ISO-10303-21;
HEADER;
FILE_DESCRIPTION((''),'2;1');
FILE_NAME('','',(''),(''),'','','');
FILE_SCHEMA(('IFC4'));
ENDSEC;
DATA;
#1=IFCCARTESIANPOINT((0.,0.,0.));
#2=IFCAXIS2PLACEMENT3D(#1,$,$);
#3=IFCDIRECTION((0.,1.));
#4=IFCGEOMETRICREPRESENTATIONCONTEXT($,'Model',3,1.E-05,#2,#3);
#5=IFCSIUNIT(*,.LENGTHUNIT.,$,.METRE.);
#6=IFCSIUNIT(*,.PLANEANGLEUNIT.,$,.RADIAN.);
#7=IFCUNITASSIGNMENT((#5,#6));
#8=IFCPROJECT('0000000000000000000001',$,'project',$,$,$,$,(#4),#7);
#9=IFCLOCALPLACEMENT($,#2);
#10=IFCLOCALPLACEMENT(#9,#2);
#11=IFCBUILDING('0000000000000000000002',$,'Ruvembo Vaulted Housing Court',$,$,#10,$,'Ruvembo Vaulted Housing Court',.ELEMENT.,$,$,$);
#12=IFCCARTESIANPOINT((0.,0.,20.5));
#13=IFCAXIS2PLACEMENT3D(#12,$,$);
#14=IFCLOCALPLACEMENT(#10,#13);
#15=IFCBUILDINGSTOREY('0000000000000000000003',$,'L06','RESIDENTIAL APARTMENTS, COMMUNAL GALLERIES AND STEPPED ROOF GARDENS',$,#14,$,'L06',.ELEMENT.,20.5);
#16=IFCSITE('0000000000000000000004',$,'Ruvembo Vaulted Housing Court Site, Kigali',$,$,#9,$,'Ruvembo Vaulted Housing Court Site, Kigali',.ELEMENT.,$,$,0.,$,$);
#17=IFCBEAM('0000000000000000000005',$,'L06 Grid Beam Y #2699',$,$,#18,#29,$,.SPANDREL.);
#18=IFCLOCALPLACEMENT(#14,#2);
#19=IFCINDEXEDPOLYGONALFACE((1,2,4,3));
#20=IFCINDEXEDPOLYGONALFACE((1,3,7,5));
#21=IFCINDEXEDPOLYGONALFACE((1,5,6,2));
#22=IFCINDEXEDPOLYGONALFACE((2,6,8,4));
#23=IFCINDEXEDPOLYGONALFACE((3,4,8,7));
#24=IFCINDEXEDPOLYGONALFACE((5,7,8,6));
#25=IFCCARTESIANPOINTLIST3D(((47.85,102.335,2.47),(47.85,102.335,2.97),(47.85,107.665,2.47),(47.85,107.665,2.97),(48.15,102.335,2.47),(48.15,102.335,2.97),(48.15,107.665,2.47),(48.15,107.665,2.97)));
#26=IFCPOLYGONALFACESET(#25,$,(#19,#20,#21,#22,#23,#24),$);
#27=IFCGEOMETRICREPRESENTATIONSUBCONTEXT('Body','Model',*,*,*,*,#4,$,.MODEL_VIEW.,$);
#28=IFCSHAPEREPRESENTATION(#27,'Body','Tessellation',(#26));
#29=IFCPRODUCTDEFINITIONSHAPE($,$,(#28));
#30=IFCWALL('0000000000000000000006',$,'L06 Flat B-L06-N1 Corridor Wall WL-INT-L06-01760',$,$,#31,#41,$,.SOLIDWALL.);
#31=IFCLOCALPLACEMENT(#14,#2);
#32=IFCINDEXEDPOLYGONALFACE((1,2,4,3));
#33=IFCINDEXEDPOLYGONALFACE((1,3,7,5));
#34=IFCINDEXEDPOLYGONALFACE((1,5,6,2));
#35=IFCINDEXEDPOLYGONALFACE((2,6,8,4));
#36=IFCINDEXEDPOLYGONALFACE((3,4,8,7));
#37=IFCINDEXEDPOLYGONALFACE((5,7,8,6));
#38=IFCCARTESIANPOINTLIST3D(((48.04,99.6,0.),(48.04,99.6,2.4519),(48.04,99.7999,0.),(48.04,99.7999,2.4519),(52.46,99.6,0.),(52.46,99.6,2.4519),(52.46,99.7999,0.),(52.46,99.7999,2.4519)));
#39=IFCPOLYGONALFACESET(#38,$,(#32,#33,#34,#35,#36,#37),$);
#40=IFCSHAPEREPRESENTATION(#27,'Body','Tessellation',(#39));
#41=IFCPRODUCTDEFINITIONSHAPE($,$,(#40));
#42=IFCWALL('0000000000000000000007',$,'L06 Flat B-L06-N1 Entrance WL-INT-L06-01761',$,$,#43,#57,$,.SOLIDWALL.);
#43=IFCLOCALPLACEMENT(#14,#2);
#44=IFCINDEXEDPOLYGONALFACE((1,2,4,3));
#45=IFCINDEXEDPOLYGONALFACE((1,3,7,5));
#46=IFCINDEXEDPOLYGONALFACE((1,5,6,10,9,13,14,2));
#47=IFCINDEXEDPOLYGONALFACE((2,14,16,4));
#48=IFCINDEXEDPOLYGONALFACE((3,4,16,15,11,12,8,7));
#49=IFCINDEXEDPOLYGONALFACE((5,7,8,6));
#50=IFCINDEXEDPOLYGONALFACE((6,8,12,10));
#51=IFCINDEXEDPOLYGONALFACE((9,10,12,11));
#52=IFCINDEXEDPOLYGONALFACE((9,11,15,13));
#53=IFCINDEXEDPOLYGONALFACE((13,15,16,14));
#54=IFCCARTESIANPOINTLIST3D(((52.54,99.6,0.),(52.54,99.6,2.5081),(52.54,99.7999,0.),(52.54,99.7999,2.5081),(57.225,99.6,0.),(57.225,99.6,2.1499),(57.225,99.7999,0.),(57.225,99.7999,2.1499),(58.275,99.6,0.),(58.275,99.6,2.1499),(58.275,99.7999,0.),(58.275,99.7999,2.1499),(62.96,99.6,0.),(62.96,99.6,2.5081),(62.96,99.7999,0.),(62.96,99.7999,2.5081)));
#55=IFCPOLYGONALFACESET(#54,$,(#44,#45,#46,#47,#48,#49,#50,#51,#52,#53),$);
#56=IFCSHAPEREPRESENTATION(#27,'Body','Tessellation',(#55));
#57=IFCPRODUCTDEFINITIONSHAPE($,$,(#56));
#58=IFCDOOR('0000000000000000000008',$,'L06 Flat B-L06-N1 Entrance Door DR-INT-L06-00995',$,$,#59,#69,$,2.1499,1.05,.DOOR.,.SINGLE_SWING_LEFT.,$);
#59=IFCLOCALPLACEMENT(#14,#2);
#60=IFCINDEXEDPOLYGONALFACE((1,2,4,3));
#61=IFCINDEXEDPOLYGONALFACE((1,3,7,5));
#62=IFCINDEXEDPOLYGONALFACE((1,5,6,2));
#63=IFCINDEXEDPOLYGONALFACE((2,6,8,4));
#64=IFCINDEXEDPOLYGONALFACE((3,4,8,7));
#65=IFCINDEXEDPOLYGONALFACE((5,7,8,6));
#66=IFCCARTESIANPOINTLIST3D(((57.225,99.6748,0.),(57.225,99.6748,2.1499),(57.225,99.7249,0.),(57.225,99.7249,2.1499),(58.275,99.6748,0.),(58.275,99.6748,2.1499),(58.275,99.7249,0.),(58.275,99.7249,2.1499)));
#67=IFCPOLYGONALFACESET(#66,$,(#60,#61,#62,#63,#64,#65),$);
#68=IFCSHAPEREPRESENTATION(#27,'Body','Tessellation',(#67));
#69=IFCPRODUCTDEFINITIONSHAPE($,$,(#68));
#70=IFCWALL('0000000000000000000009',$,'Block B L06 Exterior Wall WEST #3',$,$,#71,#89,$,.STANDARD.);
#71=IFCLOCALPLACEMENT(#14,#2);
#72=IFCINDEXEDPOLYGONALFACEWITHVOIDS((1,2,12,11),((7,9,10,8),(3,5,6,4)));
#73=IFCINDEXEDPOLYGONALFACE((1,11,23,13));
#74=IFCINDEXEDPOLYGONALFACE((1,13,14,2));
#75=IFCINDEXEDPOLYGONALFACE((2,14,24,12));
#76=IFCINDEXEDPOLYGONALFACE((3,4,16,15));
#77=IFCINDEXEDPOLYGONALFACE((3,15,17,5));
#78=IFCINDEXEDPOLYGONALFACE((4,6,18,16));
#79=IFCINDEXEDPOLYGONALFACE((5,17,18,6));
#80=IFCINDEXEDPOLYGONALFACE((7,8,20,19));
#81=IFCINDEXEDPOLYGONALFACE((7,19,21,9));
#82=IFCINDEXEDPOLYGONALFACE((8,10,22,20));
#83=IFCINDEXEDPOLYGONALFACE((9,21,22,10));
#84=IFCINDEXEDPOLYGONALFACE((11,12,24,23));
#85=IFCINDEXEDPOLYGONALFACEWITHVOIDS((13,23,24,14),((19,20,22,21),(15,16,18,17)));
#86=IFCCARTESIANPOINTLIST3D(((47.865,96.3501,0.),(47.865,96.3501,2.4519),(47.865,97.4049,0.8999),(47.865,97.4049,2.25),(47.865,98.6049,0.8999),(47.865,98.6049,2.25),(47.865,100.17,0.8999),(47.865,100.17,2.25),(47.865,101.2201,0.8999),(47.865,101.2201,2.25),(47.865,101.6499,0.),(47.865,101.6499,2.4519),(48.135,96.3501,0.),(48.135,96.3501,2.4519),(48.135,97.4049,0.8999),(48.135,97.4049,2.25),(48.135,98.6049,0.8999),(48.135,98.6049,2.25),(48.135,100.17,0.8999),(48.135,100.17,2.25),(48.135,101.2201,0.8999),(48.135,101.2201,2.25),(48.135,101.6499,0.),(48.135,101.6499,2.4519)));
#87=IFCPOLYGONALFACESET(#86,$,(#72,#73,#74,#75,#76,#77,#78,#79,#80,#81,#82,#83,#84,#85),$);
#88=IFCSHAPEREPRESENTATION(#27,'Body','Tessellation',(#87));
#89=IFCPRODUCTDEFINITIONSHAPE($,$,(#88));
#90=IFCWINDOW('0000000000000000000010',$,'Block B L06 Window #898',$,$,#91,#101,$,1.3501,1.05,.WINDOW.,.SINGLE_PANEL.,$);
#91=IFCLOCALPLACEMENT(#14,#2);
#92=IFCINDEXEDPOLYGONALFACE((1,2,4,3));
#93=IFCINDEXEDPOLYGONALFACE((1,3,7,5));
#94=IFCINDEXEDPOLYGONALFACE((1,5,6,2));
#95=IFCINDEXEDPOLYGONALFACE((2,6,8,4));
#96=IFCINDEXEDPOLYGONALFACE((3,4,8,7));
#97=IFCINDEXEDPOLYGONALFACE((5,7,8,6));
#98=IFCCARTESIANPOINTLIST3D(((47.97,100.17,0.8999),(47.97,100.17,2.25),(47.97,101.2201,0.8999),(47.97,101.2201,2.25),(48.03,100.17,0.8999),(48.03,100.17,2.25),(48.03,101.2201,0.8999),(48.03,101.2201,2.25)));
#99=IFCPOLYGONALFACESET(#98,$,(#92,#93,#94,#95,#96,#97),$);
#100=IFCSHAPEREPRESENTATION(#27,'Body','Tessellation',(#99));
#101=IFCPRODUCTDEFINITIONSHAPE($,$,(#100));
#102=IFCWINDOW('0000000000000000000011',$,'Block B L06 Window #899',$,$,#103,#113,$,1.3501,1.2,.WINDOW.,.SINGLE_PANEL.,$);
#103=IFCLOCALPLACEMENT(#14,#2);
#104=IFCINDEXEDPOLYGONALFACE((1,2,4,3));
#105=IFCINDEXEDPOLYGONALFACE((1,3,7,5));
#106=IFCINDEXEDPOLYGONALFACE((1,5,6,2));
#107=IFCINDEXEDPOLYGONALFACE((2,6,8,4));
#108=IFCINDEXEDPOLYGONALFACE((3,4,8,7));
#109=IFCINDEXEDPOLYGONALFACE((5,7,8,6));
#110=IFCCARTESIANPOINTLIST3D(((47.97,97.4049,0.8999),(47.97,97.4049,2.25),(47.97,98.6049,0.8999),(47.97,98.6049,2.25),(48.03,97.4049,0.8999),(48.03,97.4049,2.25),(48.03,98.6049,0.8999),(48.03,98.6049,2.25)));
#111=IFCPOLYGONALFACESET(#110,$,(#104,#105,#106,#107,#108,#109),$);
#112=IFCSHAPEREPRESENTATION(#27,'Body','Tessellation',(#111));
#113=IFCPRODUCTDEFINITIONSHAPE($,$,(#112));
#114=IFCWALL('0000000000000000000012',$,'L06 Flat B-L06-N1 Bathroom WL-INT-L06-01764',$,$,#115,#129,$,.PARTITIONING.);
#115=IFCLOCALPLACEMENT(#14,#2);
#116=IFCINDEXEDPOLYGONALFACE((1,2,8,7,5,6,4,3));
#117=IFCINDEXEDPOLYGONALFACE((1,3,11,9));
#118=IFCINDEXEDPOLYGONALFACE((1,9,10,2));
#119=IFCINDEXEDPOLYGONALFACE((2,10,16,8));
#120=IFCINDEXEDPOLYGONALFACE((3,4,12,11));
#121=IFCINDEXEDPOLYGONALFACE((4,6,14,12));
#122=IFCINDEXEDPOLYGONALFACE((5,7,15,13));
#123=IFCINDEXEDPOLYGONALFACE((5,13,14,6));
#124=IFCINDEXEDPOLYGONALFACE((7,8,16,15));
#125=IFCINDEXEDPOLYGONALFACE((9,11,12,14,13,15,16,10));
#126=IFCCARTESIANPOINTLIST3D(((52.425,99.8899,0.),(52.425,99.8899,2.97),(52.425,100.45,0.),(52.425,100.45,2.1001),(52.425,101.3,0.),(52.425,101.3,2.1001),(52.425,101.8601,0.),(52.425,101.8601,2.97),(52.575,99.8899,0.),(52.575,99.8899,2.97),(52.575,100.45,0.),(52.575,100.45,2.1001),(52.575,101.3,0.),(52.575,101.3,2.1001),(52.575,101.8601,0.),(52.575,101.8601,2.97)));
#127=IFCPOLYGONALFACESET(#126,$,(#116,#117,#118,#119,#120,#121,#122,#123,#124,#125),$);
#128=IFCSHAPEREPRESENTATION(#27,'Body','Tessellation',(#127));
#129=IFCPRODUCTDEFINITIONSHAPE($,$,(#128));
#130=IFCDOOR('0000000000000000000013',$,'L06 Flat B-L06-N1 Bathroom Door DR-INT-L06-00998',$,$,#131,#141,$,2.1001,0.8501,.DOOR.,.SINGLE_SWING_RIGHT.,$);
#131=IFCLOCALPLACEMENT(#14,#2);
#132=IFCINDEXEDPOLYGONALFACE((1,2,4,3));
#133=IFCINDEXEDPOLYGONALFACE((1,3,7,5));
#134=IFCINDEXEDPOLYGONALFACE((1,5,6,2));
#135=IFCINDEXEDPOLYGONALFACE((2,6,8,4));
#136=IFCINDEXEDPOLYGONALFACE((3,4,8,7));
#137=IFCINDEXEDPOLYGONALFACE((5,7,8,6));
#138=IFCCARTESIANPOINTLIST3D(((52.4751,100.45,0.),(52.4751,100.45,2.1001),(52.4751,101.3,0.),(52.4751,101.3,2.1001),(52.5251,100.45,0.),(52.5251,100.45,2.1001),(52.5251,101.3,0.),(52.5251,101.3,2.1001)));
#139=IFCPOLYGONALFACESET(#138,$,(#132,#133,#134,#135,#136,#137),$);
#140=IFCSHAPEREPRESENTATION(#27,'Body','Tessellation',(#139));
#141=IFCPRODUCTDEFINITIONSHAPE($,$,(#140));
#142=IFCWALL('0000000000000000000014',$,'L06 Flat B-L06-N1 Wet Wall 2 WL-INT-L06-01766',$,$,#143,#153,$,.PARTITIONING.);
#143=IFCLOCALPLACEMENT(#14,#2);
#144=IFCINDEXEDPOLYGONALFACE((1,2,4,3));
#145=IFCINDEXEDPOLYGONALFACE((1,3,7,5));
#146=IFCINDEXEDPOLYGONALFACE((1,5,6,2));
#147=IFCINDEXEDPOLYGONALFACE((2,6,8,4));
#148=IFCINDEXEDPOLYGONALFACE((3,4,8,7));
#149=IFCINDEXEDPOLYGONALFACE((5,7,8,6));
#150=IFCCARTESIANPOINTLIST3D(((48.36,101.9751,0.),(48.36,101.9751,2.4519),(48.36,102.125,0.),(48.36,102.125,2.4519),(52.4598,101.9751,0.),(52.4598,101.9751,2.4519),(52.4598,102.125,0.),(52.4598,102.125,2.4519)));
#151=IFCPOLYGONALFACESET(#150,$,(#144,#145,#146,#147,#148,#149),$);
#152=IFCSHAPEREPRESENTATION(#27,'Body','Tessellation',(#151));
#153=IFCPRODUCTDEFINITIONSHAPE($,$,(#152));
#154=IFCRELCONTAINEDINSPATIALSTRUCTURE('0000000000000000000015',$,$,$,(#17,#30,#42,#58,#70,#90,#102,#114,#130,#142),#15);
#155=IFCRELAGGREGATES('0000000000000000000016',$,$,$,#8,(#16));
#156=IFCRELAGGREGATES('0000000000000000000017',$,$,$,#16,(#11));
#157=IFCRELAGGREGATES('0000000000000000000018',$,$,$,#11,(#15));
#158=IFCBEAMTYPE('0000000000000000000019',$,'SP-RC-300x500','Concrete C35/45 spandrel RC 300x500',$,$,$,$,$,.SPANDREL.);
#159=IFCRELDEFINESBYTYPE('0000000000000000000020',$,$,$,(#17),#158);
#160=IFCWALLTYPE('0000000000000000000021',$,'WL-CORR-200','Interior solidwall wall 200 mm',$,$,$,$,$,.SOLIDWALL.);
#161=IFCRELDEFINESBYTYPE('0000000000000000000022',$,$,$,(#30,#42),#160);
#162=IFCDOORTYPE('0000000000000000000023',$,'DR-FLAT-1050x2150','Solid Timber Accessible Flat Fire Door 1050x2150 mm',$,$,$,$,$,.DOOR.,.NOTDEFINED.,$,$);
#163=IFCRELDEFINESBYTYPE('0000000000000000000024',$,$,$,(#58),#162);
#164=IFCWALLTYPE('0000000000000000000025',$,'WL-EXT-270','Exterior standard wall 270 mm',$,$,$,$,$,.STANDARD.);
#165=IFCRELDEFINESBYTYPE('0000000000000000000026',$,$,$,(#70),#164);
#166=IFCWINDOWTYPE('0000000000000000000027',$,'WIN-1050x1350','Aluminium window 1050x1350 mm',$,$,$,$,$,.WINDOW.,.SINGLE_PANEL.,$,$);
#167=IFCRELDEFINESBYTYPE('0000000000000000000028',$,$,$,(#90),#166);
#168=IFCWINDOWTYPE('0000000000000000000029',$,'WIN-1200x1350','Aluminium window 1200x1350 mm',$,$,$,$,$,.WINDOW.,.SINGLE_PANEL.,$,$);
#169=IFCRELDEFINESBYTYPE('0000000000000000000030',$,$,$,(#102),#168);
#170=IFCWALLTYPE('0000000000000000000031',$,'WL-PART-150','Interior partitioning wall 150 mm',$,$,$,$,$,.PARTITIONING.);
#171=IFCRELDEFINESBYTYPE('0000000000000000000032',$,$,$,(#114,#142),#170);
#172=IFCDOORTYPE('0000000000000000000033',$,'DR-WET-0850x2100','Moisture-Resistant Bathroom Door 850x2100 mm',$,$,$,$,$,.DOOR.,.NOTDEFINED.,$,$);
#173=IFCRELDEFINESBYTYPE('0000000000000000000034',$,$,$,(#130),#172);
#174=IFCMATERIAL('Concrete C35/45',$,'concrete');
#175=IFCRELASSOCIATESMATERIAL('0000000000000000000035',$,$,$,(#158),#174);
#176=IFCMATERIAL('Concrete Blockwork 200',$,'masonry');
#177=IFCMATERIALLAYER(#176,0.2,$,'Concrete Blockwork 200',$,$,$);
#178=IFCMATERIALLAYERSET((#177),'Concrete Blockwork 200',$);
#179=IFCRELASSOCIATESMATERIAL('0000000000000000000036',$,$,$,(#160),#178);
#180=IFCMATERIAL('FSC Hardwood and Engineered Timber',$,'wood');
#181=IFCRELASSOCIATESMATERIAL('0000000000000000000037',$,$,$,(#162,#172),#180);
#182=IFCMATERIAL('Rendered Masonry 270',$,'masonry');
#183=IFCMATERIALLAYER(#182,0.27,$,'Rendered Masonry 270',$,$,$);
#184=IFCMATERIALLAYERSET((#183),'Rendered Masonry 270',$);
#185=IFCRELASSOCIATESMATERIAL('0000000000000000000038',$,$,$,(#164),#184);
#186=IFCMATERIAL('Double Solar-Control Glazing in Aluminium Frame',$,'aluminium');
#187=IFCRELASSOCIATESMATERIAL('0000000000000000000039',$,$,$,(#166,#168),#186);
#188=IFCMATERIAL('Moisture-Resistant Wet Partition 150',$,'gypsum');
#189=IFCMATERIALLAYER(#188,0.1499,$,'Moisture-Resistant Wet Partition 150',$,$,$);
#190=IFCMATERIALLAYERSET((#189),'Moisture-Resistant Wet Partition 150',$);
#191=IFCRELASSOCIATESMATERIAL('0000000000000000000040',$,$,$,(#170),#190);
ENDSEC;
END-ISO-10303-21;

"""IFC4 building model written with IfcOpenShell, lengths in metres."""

from ifc_helpers import new_model, si_unit, direction, frame, frame_2d, origin, origin_2d, place, context, subcontext, project, spatial, rectangle, extrude, material, layer, layer_set, material_profile, profile_set, type_object, element, fill, save


model = new_model("IFC4")

# Units and contexts
model_context = context("Model", 3, precision=1e-05, world=origin(), true_north=direction((0.0, 1.0)))
body_context = subcontext(model_context, "Body", "Model", "MODEL_VIEW")
ifc_project = project(units=[si_unit("LENGTHUNIT", "METRE"), si_unit("PLANEANGLEUNIT", "RADIAN")], contexts=[model_context])

# Site, building, storey
site_placement = place(None, origin())
site = spatial("IfcSite", under=ifc_project, at=site_placement, Name="Ruvembo Vaulted Housing Court Site, Kigali", LongName="Ruvembo Vaulted Housing Court Site, Kigali", CompositionType="ELEMENT", RefElevation=0.0)
building_placement = place(site_placement, origin())
building = spatial("IfcBuilding", under=site, at=building_placement, Name="Ruvembo Vaulted Housing Court", LongName="Ruvembo Vaulted Housing Court", CompositionType="ELEMENT")
storey_placement = place(building_placement, frame((0.0, 0.0, 20.5)))
storey = spatial("IfcBuildingStorey", under=building, at=storey_placement, Name="L06", Description="RESIDENTIAL APARTMENTS, COMMUNAL GALLERIES AND STEPPED ROOF GARDENS", LongName="L06", CompositionType="ELEMENT", Elevation=20.5)

# Shared definitions
ifc_material_1 = material(Name="Concrete C35/45", Category="concrete")

# Beam
ifc_material_profile_1 = material_profile(ifc_material_1, rectangle(XDim=0.3, YDim=0.5, at=origin_2d()), Name="RC 300x500")
ifc_profile_set_1 = profile_set([ifc_material_profile_1], Name="Concrete C35/45")
beam_type_1 = type_object("IfcBeamType", Name="SP-RC-300x500", Description="Concrete C35/45 spandrel RC 300x500", PredefinedType="SPANDREL", material=ifc_profile_set_1)
for number, where, z_axis, x_axis, name in (
    (1, (48.0, 102.335, 2.72), (0.0, 1.0, 0.0), (-1.0, 0.0, 0.0), "L06 Grid Beam Y #2699"),
):
    element("IfcBeam", number, at=place(storey_placement, frame(where, z_axis=z_axis, x_axis=x_axis)), inside=storey, type_object=beam_type_1, Name=name, PredefinedType="SPANDREL", context=body_context, shape_type="SweptSolid", body=[
        extrude(rectangle(XDim=0.3, YDim=0.5, at=origin_2d()), origin(), (0.0, 0.0, 1.0), 5.3301),
    ])

# Wall
ifc_material_2 = material(Name="Concrete Blockwork 200", Category="masonry")
ifc_layer_1 = layer(ifc_material_2, 0.2, Name="Concrete Blockwork 200")
ifc_layer_set_1 = layer_set([ifc_layer_1], Name="Concrete Blockwork 200")
wall_type_1 = type_object("IfcWallType", Name="WL-CORR-200", Description="Interior solidwall wall 200 mm", PredefinedType="SOLIDWALL", material=ifc_layer_set_1)
wall_1_placement = place(storey_placement, frame((48.04, 99.7, 0.0), z_axis=(0.0, 0.0, 1.0), x_axis=(1.0, 0.0, 0.0)))
element("IfcWall", 2, at=wall_1_placement, inside=storey, type_object=wall_type_1, Name="L06 Flat B-L06-N1 Corridor Wall WL-INT-L06-01760", PredefinedType="SOLIDWALL", context=body_context, shape_type="SweptSolid", body=[
    extrude(rectangle(XDim=4.4199, YDim=0.2, at=frame_2d((2.21, 0.0))), origin(), (0.0, 0.0, 1.0), 2.4519),
])

# Wall, opening, door
wall_2_placement = place(storey_placement, frame((52.54, 99.7, 0.0), z_axis=(0.0, 0.0, 1.0), x_axis=(1.0, 0.0, 0.0)))
wall_2 = element("IfcWall", 3, at=wall_2_placement, inside=storey, type_object=wall_type_1, Name="L06 Flat B-L06-N1 Entrance WL-INT-L06-01761", PredefinedType="SOLIDWALL", context=body_context, shape_type="SweptSolid", body=[
    extrude(rectangle(XDim=10.4199, YDim=0.2, at=frame_2d((5.21, 0.0))), origin(), (0.0, 0.0, 1.0), 2.5081),
])
opening_1_placement = place(wall_2_placement, frame((4.6851, 0.0, 0.0)))
opening_1 = element("IfcOpeningElement", 4, at=opening_1_placement, cuts=wall_2, PredefinedType="OPENING", context=body_context, shape_type="SweptSolid", body=[
    extrude(rectangle(XDim=1.05, YDim=2.1499, at=frame_2d((0.5249, 1.075))), frame((0.0, 0.1099, 0.0), z_axis=(0.0, -1.0, 0.0), x_axis=(1.0, 0.0, 0.0)), (0.0, 0.0, 1.0), 0.22),
])
ifc_material_3 = material(Name="FSC Hardwood and Engineered Timber", Category="wood")
door_type_1 = type_object("IfcDoorType", Name="DR-FLAT-1050x2150", Description="Solid Timber Accessible Flat Fire Door 1050x2150 mm", OperationType="NOTDEFINED", PredefinedType="DOOR", material=ifc_material_3)
door_1_placement = place(opening_1_placement, origin())
door_1 = element("IfcDoor", 5, at=door_1_placement, inside=storey, type_object=door_type_1, Name="L06 Flat B-L06-N1 Entrance Door DR-INT-L06-00995", OperationType="SINGLE_SWING_LEFT", OverallHeight=2.1499, OverallWidth=1.05, PredefinedType="DOOR", context=body_context, shape_type="SweptSolid", body=[
    extrude(rectangle(XDim=1.05, YDim=2.1499, at=frame_2d((0.5249, 1.075))), frame((0.0, 0.0249, 0.0), z_axis=(0.0, -1.0, 0.0), x_axis=(1.0, 0.0, 0.0)), (0.0, 0.0, 1.0), 0.05),
])
fill(opening_1, door_1)

# Wall, openings, windows
ifc_material_4 = material(Name="Rendered Masonry 270", Category="masonry")
ifc_layer_2 = layer(ifc_material_4, 0.27, Name="Rendered Masonry 270")
ifc_layer_set_2 = layer_set([ifc_layer_2], Name="Rendered Masonry 270")
wall_type_2 = type_object("IfcWallType", Name="WL-EXT-270", Description="Exterior standard wall 270 mm", PredefinedType="STANDARD", material=ifc_layer_set_2)
wall_3_placement = place(storey_placement, frame((48.0, 101.6499, 0.0), z_axis=(0.0, 0.0, 1.0), x_axis=(0.0, -1.0, 0.0)))
wall_3 = element("IfcWall", 6, at=wall_3_placement, inside=storey, type_object=wall_type_2, Name="Block B L06 Exterior Wall WEST #3", PredefinedType="STANDARD", context=body_context, shape_type="SweptSolid", body=[
    extrude(rectangle(XDim=5.2998, YDim=0.27, at=frame_2d((2.6499, 0.0))), origin(), (0.0, 0.0, 1.0), 2.4519),
])
opening_2_placement = place(wall_3_placement, frame((0.4299, 0.0, 0.8999)))
opening_2 = element("IfcOpeningElement", 7, at=opening_2_placement, cuts=wall_3, PredefinedType="OPENING", context=body_context, shape_type="SweptSolid", body=[
    extrude(rectangle(XDim=1.05, YDim=1.3501, at=frame_2d((0.5249, 0.675))), frame((0.0, 0.145, 0.0), z_axis=(0.0, -1.0, 0.0), x_axis=(1.0, 0.0, 0.0)), (0.0, 0.0, 1.0), 0.29),
])
opening_3_placement = place(wall_3_placement, frame((3.0449, 0.0, 0.8999)))
opening_3 = element("IfcOpeningElement", 8, at=opening_3_placement, cuts=wall_3, PredefinedType="OPENING", context=body_context, shape_type="SweptSolid", body=[
    extrude(rectangle(XDim=1.2, YDim=1.3501, at=frame_2d((0.6001, 0.675))), frame((0.0, 0.145, 0.0), z_axis=(0.0, -1.0, 0.0), x_axis=(1.0, 0.0, 0.0)), (0.0, 0.0, 1.0), 0.29),
])
ifc_material_5 = material(Name="Double Solar-Control Glazing in Aluminium Frame", Category="aluminium")
window_type_1 = type_object("IfcWindowType", Name="WIN-1050x1350", Description="Aluminium window 1050x1350 mm", PartitioningType="SINGLE_PANEL", PredefinedType="WINDOW", material=ifc_material_5)
window_1_placement = place(opening_2_placement, origin())
window_1 = element("IfcWindow", 9, at=window_1_placement, inside=storey, type_object=window_type_1, Name="Block B L06 Window #898", OverallHeight=1.3501, OverallWidth=1.05, PartitioningType="SINGLE_PANEL", PredefinedType="WINDOW", context=body_context, shape_type="SweptSolid", body=[
    extrude(rectangle(XDim=1.05, YDim=1.3501, at=frame_2d((0.5249, 0.675))), frame((0.0, 0.03, 0.0), z_axis=(0.0, -1.0, 0.0), x_axis=(1.0, 0.0, 0.0)), (0.0, 0.0, 1.0), 0.0601),
])
fill(opening_2, window_1)
window_type_2 = type_object("IfcWindowType", Name="WIN-1200x1350", Description="Aluminium window 1200x1350 mm", PartitioningType="SINGLE_PANEL", PredefinedType="WINDOW", material=ifc_material_5)
window_2_placement = place(opening_3_placement, origin())
window_2 = element("IfcWindow", 10, at=window_2_placement, inside=storey, type_object=window_type_2, Name="Block B L06 Window #899", OverallHeight=1.3501, OverallWidth=1.2, PartitioningType="SINGLE_PANEL", PredefinedType="WINDOW", context=body_context, shape_type="SweptSolid", body=[
    extrude(rectangle(XDim=1.2, YDim=1.3501, at=frame_2d((0.6001, 0.675))), frame((0.0, 0.03, 0.0), z_axis=(0.0, -1.0, 0.0), x_axis=(1.0, 0.0, 0.0)), (0.0, 0.0, 1.0), 0.0601),
])
fill(opening_3, window_2)

# Wall, opening, door
ifc_material_6 = material(Name="Moisture-Resistant Wet Partition 150", Category="gypsum")
ifc_layer_3 = layer(ifc_material_6, 0.1499, Name="Moisture-Resistant Wet Partition 150")
ifc_layer_set_3 = layer_set([ifc_layer_3], Name="Moisture-Resistant Wet Partition 150")
wall_type_3 = type_object("IfcWallType", Name="WL-PART-150", Description="Interior partitioning wall 150 mm", PredefinedType="PARTITIONING", material=ifc_layer_set_3)
wall_4_placement = place(storey_placement, frame((52.5, 99.8899, 0.0), z_axis=(0.0, 0.0, 1.0), x_axis=(0.0, 1.0, 0.0)))
wall_4 = element("IfcWall", 11, at=wall_4_placement, inside=storey, type_object=wall_type_3, Name="L06 Flat B-L06-N1 Bathroom WL-INT-L06-01764", PredefinedType="PARTITIONING", context=body_context, shape_type="SweptSolid", body=[
    extrude(rectangle(XDim=1.9702, YDim=0.1499, at=frame_2d((0.9851, 0.0))), origin(), (0.0, 0.0, 1.0), 2.97),
])
opening_4_placement = place(wall_4_placement, frame((0.5601, 0.0, 0.0)))
opening_4 = element("IfcOpeningElement", 12, at=opening_4_placement, cuts=wall_4, PredefinedType="OPENING", context=body_context, shape_type="SweptSolid", body=[
    extrude(rectangle(XDim=0.8501, YDim=2.1001, at=frame_2d((0.425, 1.05))), frame((0.0, 0.085, 0.0), z_axis=(0.0, -1.0, 0.0), x_axis=(1.0, 0.0, 0.0)), (0.0, 0.0, 1.0), 0.1699),
])
door_type_2 = type_object("IfcDoorType", Name="DR-WET-0850x2100", Description="Moisture-Resistant Bathroom Door 850x2100 mm", OperationType="NOTDEFINED", PredefinedType="DOOR", material=ifc_material_3)
door_2_placement = place(opening_4_placement, origin())
door_2 = element("IfcDoor", 13, at=door_2_placement, inside=storey, type_object=door_type_2, Name="L06 Flat B-L06-N1 Bathroom Door DR-INT-L06-00998", OperationType="SINGLE_SWING_RIGHT", OverallHeight=2.1001, OverallWidth=0.8501, PredefinedType="DOOR", context=body_context, shape_type="SweptSolid", body=[
    extrude(rectangle(XDim=0.8501, YDim=2.1001, at=frame_2d((0.425, 1.05))), frame((0.0, 0.0249, 0.0), z_axis=(0.0, -1.0, 0.0), x_axis=(1.0, 0.0, 0.0)), (0.0, 0.0, 1.0), 0.05),
])
fill(opening_4, door_2)

# Wall
wall_5_placement = place(storey_placement, frame((48.3601, 102.05, 0.0), z_axis=(0.0, 0.0, 1.0), x_axis=(1.0, 0.0, 0.0)))
element("IfcWall", 14, at=wall_5_placement, inside=storey, type_object=wall_type_3, Name="L06 Flat B-L06-N1 Wet Wall 2 WL-INT-L06-01766", PredefinedType="PARTITIONING", context=body_context, shape_type="SweptSolid", body=[
    extrude(rectangle(XDim=4.0999, YDim=0.1499, at=frame_2d((2.0498, 0.0))), origin(), (0.0, 0.0, 1.0), 2.4519),
])

save(model, "model.ifc")
